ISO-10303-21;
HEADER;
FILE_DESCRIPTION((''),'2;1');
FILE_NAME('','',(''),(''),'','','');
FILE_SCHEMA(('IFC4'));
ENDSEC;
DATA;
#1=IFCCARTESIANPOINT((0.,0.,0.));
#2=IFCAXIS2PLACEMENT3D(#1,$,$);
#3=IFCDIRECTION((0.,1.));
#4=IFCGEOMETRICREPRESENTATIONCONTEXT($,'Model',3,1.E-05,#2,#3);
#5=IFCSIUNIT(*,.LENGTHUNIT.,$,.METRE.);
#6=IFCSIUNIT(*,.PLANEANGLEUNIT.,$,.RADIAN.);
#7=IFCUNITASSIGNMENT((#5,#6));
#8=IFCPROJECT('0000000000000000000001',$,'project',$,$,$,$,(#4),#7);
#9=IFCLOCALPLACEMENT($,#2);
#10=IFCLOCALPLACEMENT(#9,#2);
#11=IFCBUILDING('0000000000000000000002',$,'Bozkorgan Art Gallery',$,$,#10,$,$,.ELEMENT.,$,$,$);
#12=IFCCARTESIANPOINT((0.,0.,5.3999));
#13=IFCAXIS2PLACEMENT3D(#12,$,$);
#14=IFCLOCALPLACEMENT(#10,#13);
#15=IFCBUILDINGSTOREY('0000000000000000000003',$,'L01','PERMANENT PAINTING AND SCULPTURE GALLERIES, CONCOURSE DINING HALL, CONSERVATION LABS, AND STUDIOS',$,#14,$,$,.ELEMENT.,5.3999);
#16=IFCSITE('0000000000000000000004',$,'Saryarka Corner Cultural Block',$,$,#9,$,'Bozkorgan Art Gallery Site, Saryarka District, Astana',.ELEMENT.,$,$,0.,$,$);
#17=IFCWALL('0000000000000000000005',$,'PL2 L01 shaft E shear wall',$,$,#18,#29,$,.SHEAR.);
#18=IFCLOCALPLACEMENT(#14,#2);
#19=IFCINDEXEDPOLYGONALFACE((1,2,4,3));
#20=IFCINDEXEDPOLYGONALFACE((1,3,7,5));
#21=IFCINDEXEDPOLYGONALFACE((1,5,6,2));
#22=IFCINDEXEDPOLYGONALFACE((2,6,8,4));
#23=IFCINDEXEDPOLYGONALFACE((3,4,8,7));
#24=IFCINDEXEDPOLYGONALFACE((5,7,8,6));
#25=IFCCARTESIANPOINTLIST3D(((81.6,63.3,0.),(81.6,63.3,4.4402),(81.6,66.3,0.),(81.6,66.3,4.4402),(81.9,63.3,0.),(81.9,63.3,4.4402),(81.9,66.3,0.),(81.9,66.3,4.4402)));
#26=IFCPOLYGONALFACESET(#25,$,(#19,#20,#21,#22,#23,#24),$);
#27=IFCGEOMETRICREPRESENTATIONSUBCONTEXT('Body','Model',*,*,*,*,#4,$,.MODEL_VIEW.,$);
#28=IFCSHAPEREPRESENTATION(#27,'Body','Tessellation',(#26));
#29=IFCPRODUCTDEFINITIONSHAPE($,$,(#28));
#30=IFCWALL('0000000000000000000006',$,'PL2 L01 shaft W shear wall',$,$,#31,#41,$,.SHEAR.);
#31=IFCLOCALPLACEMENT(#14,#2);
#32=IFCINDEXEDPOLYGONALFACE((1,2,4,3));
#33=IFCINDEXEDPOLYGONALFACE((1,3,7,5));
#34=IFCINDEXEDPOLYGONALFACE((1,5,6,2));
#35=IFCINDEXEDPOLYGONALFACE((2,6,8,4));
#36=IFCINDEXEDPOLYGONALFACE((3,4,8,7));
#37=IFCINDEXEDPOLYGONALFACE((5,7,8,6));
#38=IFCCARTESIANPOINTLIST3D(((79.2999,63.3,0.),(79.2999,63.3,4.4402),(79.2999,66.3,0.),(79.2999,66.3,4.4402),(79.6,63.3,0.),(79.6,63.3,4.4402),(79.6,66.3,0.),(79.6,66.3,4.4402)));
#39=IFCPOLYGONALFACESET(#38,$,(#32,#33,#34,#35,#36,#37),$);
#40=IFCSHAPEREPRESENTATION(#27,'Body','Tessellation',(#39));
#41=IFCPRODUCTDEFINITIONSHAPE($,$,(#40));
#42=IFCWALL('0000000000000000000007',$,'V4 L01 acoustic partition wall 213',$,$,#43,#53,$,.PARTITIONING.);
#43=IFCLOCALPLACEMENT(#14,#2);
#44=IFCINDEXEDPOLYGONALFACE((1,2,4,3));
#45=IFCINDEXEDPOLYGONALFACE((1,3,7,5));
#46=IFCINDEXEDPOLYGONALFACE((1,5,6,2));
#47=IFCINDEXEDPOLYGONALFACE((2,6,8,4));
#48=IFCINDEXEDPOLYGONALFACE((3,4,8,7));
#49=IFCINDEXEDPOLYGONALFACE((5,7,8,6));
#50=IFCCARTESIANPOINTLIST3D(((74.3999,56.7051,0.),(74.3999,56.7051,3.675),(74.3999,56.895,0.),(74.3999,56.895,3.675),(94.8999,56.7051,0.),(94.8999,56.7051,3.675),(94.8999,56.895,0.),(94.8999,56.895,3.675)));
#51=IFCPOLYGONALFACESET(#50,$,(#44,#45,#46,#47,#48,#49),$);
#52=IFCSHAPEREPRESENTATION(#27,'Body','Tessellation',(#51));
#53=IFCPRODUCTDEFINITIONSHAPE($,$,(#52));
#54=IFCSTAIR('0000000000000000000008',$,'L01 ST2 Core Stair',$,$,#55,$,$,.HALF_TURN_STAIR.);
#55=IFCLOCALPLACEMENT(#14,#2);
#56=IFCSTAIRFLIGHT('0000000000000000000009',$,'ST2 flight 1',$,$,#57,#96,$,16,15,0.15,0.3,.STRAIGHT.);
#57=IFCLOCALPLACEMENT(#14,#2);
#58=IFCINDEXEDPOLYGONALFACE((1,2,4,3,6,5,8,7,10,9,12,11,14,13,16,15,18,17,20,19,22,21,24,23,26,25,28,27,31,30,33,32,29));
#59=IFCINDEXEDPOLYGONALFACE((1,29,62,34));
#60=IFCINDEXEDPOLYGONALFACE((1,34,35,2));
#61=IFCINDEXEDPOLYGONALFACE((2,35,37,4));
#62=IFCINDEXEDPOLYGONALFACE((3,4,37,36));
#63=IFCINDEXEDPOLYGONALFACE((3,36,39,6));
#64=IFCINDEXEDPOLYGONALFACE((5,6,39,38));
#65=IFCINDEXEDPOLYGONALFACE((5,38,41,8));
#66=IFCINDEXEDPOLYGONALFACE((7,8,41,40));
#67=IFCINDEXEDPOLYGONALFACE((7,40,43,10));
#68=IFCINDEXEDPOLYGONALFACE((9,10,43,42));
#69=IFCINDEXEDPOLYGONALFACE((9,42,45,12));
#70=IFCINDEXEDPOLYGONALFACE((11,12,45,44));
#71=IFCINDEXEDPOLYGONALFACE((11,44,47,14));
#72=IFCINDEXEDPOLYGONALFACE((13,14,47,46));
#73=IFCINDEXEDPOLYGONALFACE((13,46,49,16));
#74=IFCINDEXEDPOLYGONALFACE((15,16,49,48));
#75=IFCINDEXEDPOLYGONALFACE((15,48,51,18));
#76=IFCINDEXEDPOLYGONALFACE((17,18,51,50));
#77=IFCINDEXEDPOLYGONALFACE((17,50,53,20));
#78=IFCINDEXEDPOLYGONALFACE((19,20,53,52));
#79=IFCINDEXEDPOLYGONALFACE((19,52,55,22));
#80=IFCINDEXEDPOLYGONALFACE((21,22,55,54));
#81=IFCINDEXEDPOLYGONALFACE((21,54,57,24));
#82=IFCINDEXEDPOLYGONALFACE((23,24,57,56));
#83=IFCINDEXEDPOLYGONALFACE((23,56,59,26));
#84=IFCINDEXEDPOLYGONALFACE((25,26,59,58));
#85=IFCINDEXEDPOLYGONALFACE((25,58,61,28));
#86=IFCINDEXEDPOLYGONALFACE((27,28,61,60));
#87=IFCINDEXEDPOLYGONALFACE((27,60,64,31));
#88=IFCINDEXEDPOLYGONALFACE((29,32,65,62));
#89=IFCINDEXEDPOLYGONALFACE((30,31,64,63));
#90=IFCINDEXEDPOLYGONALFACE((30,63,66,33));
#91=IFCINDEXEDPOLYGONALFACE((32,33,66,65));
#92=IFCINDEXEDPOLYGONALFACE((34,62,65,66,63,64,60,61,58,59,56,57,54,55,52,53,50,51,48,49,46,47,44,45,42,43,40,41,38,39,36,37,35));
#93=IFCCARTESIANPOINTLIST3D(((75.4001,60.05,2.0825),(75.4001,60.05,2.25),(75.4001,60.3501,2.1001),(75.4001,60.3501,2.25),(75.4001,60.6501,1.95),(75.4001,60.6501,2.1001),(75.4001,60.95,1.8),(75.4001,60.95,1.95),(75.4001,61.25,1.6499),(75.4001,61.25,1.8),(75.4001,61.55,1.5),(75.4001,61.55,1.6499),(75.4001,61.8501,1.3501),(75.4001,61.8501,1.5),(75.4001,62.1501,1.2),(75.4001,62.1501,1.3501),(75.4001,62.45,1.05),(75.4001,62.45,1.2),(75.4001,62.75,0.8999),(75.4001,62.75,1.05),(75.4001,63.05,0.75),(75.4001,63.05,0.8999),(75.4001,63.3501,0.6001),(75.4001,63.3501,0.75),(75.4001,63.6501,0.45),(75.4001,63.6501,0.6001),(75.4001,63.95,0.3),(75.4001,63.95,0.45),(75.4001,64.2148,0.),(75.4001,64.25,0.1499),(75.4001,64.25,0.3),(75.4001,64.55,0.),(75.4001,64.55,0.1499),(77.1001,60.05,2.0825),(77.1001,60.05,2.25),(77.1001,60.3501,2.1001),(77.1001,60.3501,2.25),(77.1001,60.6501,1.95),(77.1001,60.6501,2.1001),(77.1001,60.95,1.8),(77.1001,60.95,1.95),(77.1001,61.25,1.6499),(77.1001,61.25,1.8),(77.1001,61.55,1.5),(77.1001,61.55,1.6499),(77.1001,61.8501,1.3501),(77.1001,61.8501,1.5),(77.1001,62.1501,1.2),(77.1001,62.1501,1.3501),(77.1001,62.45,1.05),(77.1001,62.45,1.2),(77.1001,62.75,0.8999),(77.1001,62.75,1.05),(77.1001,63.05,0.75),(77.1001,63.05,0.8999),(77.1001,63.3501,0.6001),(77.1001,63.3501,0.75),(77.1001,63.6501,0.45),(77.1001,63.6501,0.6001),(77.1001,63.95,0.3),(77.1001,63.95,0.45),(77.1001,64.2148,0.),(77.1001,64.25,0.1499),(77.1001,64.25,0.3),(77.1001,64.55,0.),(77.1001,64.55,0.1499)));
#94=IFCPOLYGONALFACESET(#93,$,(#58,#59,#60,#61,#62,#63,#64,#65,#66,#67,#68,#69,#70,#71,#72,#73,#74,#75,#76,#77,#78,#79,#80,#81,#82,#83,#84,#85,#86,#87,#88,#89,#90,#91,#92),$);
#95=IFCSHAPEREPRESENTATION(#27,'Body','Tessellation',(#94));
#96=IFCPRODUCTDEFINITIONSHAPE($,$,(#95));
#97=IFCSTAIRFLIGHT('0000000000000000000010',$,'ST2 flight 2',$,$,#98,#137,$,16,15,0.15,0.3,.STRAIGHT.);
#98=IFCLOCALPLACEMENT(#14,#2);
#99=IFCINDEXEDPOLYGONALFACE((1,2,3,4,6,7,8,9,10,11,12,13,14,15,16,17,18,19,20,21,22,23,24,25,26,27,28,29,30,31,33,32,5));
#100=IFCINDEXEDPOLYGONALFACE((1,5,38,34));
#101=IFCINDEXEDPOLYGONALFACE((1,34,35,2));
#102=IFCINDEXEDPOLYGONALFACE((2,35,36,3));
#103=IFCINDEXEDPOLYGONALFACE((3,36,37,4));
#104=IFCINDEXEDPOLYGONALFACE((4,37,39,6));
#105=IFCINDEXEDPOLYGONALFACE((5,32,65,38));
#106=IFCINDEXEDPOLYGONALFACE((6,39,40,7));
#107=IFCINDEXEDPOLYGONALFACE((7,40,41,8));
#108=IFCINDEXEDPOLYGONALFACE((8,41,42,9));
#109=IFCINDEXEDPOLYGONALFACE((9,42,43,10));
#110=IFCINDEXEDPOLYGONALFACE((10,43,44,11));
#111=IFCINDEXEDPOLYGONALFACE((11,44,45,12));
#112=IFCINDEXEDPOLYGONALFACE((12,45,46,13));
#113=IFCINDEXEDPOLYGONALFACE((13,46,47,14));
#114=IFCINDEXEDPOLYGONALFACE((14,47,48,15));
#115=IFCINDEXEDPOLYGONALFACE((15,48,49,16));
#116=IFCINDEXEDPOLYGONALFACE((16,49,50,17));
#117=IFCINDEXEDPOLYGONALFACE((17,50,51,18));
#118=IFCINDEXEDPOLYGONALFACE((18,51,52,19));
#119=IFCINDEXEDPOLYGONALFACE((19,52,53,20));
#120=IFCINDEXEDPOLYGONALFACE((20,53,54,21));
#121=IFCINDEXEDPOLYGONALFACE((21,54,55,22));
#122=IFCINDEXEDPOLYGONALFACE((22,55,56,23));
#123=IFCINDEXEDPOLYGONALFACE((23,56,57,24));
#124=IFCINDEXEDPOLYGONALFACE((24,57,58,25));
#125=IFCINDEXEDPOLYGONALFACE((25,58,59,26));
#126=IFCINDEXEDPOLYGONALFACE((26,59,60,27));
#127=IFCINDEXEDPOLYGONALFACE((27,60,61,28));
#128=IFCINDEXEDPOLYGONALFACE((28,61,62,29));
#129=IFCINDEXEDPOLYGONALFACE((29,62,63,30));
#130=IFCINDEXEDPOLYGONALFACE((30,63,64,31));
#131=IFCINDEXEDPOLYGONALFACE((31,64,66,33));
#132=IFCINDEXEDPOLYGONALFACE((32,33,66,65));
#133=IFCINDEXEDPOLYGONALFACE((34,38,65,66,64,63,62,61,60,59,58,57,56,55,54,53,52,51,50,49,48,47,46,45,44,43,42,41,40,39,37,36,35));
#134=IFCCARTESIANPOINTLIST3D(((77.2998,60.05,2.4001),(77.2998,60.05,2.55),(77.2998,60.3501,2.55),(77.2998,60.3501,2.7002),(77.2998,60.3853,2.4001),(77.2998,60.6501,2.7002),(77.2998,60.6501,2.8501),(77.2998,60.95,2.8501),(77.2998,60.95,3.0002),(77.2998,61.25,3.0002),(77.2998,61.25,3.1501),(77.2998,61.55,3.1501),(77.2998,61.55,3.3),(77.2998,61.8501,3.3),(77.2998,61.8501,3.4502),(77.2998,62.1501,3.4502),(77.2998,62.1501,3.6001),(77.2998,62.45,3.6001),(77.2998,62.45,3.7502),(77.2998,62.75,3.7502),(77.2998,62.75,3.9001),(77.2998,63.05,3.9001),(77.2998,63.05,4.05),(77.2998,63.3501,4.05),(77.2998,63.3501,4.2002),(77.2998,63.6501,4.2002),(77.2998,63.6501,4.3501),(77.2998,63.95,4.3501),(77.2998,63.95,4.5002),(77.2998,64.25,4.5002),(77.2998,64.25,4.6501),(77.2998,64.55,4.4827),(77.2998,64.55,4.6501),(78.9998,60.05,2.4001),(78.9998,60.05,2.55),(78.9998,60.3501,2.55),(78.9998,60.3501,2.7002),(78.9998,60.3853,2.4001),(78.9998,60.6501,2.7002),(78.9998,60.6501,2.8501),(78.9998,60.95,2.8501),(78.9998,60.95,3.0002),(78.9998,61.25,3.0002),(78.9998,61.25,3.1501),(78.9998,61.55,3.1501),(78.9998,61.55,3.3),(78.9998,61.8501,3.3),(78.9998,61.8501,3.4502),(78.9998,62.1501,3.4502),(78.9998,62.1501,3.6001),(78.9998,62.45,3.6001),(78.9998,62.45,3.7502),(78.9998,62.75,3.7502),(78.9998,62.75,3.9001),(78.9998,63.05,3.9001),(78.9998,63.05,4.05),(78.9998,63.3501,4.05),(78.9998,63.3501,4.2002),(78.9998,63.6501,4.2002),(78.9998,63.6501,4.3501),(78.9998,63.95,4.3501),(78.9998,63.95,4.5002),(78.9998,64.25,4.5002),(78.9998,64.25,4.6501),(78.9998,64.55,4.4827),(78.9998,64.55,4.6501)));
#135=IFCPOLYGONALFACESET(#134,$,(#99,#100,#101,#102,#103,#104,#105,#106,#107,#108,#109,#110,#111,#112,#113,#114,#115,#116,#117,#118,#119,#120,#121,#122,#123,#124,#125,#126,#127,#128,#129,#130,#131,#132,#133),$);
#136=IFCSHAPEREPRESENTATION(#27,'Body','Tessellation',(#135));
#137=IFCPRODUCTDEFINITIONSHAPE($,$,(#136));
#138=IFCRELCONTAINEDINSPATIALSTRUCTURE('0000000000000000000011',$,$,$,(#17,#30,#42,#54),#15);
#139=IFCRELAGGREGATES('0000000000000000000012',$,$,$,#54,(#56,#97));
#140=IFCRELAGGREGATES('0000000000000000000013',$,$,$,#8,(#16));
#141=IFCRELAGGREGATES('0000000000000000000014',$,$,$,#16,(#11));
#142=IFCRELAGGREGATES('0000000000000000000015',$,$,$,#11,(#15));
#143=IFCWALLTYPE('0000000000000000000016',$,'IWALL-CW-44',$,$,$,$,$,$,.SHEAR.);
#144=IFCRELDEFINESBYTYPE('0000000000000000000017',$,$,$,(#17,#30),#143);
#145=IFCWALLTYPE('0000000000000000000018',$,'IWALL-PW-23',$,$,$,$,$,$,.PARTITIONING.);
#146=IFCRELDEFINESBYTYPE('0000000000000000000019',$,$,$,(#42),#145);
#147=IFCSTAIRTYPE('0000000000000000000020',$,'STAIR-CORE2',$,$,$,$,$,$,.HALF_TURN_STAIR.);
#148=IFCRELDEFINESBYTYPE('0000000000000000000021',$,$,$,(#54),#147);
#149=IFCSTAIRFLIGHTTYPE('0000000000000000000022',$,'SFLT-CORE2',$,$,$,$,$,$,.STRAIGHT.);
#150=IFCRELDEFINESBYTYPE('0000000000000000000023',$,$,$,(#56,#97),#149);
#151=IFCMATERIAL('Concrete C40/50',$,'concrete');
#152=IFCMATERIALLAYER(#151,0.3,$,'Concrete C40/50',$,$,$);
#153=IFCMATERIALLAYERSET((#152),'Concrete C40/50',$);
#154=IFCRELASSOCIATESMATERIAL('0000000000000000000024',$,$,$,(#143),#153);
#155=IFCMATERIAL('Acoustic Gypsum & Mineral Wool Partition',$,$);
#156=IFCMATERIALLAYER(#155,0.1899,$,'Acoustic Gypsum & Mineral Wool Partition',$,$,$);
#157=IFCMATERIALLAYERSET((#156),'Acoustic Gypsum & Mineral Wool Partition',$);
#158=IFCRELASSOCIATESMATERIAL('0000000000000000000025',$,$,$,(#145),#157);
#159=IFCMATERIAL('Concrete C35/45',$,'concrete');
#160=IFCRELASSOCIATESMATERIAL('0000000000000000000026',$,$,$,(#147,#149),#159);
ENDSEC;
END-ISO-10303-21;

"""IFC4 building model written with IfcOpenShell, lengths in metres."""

from ifc_helpers import new_model, si_unit, direction, frame, frame_2d, origin, place, context, subcontext, project, spatial, polyline, rectangle, outline, extrude, material, layer, layer_set, type_object, element, aggregate, save


model = new_model("IFC4")

# Units and contexts
model_context = context("Model", 3, precision=1e-05, world=origin(), true_north=direction((0.0, 1.0)))
body_context = subcontext(model_context, "Body", "Model", "MODEL_VIEW")
ifc_project = project(units=[si_unit("LENGTHUNIT", "METRE"), si_unit("PLANEANGLEUNIT", "RADIAN")], contexts=[model_context])

# Site, building, storey
site_placement = place(None, origin())
site = spatial("IfcSite", under=ifc_project, at=site_placement, Name="Saryarka Corner Cultural Block", LongName="Bozkorgan Art Gallery Site, Saryarka District, Astana", CompositionType="ELEMENT", RefElevation=0.0)
building_placement = place(site_placement, origin())
building = spatial("IfcBuilding", under=site, at=building_placement, Name="Bozkorgan Art Gallery", CompositionType="ELEMENT")
storey_placement = place(building_placement, frame((0.0, 0.0, 5.3999)))
storey = spatial("IfcBuildingStorey", under=building, at=storey_placement, Name="L01", Description="PERMANENT PAINTING AND SCULPTURE GALLERIES, CONCOURSE DINING HALL, CONSERVATION LABS, AND STUDIOS", CompositionType="ELEMENT", Elevation=5.3999)

# Shared definitions
ifc_material_1 = material(Name="Concrete C40/50", Category="concrete")

# Shared definitions
ifc_material_2 = material(Name="Concrete C35/45", Category="concrete")

# Walls
ifc_layer_1 = layer(ifc_material_1, 0.3, Name="Concrete C40/50")
ifc_layer_set_1 = layer_set([ifc_layer_1], Name="Concrete C40/50")
wall_type_1 = type_object("IfcWallType", Name="IWALL-CW-44", PredefinedType="SHEAR", material=ifc_layer_set_1)
for number, where, z_axis, x_axis, name in (
    (1, (81.75, 63.3, 0.0), (0.0, 0.0, 1.0), (0.0, 1.0, 0.0), "PL2 L01 shaft E shear wall"),
    (2, (79.45, 63.3, 0.0), (0.0, 0.0, 1.0), (0.0, 1.0, 0.0), "PL2 L01 shaft W shear wall"),
):
    element("IfcWall", number, at=place(storey_placement, frame(where, z_axis=z_axis, x_axis=x_axis)), inside=storey, type_object=wall_type_1, Name=name, PredefinedType="SHEAR", context=body_context, shape_type="SweptSolid", body=[
        extrude(rectangle(XDim=3.0, YDim=0.3, at=frame_2d((1.5, 0.0))), origin(), (0.0, 0.0, 1.0), 4.4402),
    ])
ifc_material_3 = material(Name="Acoustic Gypsum & Mineral Wool Partition")
ifc_layer_2 = layer(ifc_material_3, 0.1899, Name="Acoustic Gypsum & Mineral Wool Partition")
ifc_layer_set_2 = layer_set([ifc_layer_2], Name="Acoustic Gypsum & Mineral Wool Partition")
wall_type_2 = type_object("IfcWallType", Name="IWALL-PW-23", PredefinedType="PARTITIONING", material=ifc_layer_set_2)
wall_1_placement = place(storey_placement, frame((74.3999, 56.8, 0.0), z_axis=(0.0, 0.0, 1.0), x_axis=(1.0, 0.0, 0.0)))
element("IfcWall", 3, at=wall_1_placement, inside=storey, type_object=wall_type_2, Name="V4 L01 acoustic partition wall 213", PredefinedType="PARTITIONING", context=body_context, shape_type="SweptSolid", body=[
    extrude(rectangle(XDim=20.5, YDim=0.1899, at=frame_2d((10.25, 0.0))), origin(), (0.0, 0.0, 1.0), 3.675),
])

# Stair, stair flights
stair_type = type_object("IfcStairType", Name="STAIR-CORE2", PredefinedType="HALF_TURN_STAIR", material=ifc_material_2)
stair_placement = place(storey_placement, origin())
stair = element("IfcStair", 4, at=stair_placement, inside=storey, type_object=stair_type, Name="L01 ST2 Core Stair", PredefinedType="HALF_TURN_STAIR")
stair_flight_type = type_object("IfcStairFlightType", Name="SFLT-CORE2", PredefinedType="STRAIGHT", material=ifc_material_2)
stair_flight_1_placement = place(storey_placement, frame((76.25, 64.55, 0.0), z_axis=(0.0, 0.0, 1.0), x_axis=(0.0, -1.0, 0.0)))
stair_flight_1 = element("IfcStairFlight", 5, at=stair_flight_1_placement, type_object=stair_flight_type, Name="ST2 flight 1", NumberOfRisers=16, NumberOfTreads=15, PredefinedType="STRAIGHT", RiserHeight=0.15, TreadLength=0.3, context=body_context, shape_type="SweptSolid", body=[
    extrude(outline(polyline([(0.0, 0.0), (0.0, 0.1499), (0.3, 0.1499), (0.3, 0.3), (0.6001, 0.3), (0.6001, 0.45), (0.8999, 0.45), (0.8999, 0.6001), (1.2, 0.6001), (1.2, 0.75), (1.5, 0.75), (1.5, 0.8999), (1.8, 0.8999), (1.8, 1.05), (2.1001, 1.05), (2.1001, 1.2), (2.3999, 1.2), (2.3999, 1.3501), (2.7, 1.3501), (2.7, 1.5), (3.0, 1.5), (3.0, 1.6499), (3.3, 1.6499), (3.3, 1.8), (3.6001, 1.8), (3.6001, 1.95), (3.8999, 1.95), (3.8999, 2.1001), (4.2, 2.1001), (4.2, 2.25), (4.5, 2.25), (4.5, 2.3999), (4.5, 2.0825), (0.3352, 0.0), (0.0, 0.0)])), frame((0.0, 0.8501, 0.0), z_axis=(0.0, -1.0, 0.0), x_axis=(1.0, 0.0, 0.0)), (0.0, 0.0, 1.0), 1.7),
])
stair_flight_2_placement = place(storey_placement, frame((78.1499, 60.05, 2.4001), z_axis=(0.0, 0.0, 1.0), x_axis=(0.0, 1.0, 0.0)))
stair_flight_2 = element("IfcStairFlight", 6, at=stair_flight_2_placement, type_object=stair_flight_type, Name="ST2 flight 2", NumberOfRisers=16, NumberOfTreads=15, PredefinedType="STRAIGHT", RiserHeight=0.15, TreadLength=0.3, context=body_context, shape_type="SweptSolid", body=[
    extrude(outline(polyline([(0.0, 0.0), (0.0, 0.1499), (0.3, 0.1499), (0.3, 0.3), (0.6001, 0.3), (0.6001, 0.45), (0.8999, 0.45), (0.8999, 0.6001), (1.2, 0.6001), (1.2, 0.75), (1.5, 0.75), (1.5, 0.8999), (1.8, 0.8999), (1.8, 1.05), (2.1001, 1.05), (2.1001, 1.2), (2.3999, 1.2), (2.3999, 1.3501), (2.7, 1.3501), (2.7, 1.5), (3.0, 1.5), (3.0, 1.6499), (3.3, 1.6499), (3.3, 1.8), (3.6001, 1.8), (3.6001, 1.95), (3.8999, 1.95), (3.8999, 2.1001), (4.2, 2.1001), (4.2, 2.25), (4.5, 2.25), (4.5, 2.3999), (4.5, 2.0825), (0.3352, 0.0), (0.0, 0.0)])), frame((0.0, 0.8501, 0.0), z_axis=(0.0, -1.0, 0.0), x_axis=(1.0, 0.0, 0.0)), (0.0, 0.0, 1.0), 1.7),
])
aggregate(stair, [stair_flight_1, stair_flight_2])

save(model, "model.ifc")
